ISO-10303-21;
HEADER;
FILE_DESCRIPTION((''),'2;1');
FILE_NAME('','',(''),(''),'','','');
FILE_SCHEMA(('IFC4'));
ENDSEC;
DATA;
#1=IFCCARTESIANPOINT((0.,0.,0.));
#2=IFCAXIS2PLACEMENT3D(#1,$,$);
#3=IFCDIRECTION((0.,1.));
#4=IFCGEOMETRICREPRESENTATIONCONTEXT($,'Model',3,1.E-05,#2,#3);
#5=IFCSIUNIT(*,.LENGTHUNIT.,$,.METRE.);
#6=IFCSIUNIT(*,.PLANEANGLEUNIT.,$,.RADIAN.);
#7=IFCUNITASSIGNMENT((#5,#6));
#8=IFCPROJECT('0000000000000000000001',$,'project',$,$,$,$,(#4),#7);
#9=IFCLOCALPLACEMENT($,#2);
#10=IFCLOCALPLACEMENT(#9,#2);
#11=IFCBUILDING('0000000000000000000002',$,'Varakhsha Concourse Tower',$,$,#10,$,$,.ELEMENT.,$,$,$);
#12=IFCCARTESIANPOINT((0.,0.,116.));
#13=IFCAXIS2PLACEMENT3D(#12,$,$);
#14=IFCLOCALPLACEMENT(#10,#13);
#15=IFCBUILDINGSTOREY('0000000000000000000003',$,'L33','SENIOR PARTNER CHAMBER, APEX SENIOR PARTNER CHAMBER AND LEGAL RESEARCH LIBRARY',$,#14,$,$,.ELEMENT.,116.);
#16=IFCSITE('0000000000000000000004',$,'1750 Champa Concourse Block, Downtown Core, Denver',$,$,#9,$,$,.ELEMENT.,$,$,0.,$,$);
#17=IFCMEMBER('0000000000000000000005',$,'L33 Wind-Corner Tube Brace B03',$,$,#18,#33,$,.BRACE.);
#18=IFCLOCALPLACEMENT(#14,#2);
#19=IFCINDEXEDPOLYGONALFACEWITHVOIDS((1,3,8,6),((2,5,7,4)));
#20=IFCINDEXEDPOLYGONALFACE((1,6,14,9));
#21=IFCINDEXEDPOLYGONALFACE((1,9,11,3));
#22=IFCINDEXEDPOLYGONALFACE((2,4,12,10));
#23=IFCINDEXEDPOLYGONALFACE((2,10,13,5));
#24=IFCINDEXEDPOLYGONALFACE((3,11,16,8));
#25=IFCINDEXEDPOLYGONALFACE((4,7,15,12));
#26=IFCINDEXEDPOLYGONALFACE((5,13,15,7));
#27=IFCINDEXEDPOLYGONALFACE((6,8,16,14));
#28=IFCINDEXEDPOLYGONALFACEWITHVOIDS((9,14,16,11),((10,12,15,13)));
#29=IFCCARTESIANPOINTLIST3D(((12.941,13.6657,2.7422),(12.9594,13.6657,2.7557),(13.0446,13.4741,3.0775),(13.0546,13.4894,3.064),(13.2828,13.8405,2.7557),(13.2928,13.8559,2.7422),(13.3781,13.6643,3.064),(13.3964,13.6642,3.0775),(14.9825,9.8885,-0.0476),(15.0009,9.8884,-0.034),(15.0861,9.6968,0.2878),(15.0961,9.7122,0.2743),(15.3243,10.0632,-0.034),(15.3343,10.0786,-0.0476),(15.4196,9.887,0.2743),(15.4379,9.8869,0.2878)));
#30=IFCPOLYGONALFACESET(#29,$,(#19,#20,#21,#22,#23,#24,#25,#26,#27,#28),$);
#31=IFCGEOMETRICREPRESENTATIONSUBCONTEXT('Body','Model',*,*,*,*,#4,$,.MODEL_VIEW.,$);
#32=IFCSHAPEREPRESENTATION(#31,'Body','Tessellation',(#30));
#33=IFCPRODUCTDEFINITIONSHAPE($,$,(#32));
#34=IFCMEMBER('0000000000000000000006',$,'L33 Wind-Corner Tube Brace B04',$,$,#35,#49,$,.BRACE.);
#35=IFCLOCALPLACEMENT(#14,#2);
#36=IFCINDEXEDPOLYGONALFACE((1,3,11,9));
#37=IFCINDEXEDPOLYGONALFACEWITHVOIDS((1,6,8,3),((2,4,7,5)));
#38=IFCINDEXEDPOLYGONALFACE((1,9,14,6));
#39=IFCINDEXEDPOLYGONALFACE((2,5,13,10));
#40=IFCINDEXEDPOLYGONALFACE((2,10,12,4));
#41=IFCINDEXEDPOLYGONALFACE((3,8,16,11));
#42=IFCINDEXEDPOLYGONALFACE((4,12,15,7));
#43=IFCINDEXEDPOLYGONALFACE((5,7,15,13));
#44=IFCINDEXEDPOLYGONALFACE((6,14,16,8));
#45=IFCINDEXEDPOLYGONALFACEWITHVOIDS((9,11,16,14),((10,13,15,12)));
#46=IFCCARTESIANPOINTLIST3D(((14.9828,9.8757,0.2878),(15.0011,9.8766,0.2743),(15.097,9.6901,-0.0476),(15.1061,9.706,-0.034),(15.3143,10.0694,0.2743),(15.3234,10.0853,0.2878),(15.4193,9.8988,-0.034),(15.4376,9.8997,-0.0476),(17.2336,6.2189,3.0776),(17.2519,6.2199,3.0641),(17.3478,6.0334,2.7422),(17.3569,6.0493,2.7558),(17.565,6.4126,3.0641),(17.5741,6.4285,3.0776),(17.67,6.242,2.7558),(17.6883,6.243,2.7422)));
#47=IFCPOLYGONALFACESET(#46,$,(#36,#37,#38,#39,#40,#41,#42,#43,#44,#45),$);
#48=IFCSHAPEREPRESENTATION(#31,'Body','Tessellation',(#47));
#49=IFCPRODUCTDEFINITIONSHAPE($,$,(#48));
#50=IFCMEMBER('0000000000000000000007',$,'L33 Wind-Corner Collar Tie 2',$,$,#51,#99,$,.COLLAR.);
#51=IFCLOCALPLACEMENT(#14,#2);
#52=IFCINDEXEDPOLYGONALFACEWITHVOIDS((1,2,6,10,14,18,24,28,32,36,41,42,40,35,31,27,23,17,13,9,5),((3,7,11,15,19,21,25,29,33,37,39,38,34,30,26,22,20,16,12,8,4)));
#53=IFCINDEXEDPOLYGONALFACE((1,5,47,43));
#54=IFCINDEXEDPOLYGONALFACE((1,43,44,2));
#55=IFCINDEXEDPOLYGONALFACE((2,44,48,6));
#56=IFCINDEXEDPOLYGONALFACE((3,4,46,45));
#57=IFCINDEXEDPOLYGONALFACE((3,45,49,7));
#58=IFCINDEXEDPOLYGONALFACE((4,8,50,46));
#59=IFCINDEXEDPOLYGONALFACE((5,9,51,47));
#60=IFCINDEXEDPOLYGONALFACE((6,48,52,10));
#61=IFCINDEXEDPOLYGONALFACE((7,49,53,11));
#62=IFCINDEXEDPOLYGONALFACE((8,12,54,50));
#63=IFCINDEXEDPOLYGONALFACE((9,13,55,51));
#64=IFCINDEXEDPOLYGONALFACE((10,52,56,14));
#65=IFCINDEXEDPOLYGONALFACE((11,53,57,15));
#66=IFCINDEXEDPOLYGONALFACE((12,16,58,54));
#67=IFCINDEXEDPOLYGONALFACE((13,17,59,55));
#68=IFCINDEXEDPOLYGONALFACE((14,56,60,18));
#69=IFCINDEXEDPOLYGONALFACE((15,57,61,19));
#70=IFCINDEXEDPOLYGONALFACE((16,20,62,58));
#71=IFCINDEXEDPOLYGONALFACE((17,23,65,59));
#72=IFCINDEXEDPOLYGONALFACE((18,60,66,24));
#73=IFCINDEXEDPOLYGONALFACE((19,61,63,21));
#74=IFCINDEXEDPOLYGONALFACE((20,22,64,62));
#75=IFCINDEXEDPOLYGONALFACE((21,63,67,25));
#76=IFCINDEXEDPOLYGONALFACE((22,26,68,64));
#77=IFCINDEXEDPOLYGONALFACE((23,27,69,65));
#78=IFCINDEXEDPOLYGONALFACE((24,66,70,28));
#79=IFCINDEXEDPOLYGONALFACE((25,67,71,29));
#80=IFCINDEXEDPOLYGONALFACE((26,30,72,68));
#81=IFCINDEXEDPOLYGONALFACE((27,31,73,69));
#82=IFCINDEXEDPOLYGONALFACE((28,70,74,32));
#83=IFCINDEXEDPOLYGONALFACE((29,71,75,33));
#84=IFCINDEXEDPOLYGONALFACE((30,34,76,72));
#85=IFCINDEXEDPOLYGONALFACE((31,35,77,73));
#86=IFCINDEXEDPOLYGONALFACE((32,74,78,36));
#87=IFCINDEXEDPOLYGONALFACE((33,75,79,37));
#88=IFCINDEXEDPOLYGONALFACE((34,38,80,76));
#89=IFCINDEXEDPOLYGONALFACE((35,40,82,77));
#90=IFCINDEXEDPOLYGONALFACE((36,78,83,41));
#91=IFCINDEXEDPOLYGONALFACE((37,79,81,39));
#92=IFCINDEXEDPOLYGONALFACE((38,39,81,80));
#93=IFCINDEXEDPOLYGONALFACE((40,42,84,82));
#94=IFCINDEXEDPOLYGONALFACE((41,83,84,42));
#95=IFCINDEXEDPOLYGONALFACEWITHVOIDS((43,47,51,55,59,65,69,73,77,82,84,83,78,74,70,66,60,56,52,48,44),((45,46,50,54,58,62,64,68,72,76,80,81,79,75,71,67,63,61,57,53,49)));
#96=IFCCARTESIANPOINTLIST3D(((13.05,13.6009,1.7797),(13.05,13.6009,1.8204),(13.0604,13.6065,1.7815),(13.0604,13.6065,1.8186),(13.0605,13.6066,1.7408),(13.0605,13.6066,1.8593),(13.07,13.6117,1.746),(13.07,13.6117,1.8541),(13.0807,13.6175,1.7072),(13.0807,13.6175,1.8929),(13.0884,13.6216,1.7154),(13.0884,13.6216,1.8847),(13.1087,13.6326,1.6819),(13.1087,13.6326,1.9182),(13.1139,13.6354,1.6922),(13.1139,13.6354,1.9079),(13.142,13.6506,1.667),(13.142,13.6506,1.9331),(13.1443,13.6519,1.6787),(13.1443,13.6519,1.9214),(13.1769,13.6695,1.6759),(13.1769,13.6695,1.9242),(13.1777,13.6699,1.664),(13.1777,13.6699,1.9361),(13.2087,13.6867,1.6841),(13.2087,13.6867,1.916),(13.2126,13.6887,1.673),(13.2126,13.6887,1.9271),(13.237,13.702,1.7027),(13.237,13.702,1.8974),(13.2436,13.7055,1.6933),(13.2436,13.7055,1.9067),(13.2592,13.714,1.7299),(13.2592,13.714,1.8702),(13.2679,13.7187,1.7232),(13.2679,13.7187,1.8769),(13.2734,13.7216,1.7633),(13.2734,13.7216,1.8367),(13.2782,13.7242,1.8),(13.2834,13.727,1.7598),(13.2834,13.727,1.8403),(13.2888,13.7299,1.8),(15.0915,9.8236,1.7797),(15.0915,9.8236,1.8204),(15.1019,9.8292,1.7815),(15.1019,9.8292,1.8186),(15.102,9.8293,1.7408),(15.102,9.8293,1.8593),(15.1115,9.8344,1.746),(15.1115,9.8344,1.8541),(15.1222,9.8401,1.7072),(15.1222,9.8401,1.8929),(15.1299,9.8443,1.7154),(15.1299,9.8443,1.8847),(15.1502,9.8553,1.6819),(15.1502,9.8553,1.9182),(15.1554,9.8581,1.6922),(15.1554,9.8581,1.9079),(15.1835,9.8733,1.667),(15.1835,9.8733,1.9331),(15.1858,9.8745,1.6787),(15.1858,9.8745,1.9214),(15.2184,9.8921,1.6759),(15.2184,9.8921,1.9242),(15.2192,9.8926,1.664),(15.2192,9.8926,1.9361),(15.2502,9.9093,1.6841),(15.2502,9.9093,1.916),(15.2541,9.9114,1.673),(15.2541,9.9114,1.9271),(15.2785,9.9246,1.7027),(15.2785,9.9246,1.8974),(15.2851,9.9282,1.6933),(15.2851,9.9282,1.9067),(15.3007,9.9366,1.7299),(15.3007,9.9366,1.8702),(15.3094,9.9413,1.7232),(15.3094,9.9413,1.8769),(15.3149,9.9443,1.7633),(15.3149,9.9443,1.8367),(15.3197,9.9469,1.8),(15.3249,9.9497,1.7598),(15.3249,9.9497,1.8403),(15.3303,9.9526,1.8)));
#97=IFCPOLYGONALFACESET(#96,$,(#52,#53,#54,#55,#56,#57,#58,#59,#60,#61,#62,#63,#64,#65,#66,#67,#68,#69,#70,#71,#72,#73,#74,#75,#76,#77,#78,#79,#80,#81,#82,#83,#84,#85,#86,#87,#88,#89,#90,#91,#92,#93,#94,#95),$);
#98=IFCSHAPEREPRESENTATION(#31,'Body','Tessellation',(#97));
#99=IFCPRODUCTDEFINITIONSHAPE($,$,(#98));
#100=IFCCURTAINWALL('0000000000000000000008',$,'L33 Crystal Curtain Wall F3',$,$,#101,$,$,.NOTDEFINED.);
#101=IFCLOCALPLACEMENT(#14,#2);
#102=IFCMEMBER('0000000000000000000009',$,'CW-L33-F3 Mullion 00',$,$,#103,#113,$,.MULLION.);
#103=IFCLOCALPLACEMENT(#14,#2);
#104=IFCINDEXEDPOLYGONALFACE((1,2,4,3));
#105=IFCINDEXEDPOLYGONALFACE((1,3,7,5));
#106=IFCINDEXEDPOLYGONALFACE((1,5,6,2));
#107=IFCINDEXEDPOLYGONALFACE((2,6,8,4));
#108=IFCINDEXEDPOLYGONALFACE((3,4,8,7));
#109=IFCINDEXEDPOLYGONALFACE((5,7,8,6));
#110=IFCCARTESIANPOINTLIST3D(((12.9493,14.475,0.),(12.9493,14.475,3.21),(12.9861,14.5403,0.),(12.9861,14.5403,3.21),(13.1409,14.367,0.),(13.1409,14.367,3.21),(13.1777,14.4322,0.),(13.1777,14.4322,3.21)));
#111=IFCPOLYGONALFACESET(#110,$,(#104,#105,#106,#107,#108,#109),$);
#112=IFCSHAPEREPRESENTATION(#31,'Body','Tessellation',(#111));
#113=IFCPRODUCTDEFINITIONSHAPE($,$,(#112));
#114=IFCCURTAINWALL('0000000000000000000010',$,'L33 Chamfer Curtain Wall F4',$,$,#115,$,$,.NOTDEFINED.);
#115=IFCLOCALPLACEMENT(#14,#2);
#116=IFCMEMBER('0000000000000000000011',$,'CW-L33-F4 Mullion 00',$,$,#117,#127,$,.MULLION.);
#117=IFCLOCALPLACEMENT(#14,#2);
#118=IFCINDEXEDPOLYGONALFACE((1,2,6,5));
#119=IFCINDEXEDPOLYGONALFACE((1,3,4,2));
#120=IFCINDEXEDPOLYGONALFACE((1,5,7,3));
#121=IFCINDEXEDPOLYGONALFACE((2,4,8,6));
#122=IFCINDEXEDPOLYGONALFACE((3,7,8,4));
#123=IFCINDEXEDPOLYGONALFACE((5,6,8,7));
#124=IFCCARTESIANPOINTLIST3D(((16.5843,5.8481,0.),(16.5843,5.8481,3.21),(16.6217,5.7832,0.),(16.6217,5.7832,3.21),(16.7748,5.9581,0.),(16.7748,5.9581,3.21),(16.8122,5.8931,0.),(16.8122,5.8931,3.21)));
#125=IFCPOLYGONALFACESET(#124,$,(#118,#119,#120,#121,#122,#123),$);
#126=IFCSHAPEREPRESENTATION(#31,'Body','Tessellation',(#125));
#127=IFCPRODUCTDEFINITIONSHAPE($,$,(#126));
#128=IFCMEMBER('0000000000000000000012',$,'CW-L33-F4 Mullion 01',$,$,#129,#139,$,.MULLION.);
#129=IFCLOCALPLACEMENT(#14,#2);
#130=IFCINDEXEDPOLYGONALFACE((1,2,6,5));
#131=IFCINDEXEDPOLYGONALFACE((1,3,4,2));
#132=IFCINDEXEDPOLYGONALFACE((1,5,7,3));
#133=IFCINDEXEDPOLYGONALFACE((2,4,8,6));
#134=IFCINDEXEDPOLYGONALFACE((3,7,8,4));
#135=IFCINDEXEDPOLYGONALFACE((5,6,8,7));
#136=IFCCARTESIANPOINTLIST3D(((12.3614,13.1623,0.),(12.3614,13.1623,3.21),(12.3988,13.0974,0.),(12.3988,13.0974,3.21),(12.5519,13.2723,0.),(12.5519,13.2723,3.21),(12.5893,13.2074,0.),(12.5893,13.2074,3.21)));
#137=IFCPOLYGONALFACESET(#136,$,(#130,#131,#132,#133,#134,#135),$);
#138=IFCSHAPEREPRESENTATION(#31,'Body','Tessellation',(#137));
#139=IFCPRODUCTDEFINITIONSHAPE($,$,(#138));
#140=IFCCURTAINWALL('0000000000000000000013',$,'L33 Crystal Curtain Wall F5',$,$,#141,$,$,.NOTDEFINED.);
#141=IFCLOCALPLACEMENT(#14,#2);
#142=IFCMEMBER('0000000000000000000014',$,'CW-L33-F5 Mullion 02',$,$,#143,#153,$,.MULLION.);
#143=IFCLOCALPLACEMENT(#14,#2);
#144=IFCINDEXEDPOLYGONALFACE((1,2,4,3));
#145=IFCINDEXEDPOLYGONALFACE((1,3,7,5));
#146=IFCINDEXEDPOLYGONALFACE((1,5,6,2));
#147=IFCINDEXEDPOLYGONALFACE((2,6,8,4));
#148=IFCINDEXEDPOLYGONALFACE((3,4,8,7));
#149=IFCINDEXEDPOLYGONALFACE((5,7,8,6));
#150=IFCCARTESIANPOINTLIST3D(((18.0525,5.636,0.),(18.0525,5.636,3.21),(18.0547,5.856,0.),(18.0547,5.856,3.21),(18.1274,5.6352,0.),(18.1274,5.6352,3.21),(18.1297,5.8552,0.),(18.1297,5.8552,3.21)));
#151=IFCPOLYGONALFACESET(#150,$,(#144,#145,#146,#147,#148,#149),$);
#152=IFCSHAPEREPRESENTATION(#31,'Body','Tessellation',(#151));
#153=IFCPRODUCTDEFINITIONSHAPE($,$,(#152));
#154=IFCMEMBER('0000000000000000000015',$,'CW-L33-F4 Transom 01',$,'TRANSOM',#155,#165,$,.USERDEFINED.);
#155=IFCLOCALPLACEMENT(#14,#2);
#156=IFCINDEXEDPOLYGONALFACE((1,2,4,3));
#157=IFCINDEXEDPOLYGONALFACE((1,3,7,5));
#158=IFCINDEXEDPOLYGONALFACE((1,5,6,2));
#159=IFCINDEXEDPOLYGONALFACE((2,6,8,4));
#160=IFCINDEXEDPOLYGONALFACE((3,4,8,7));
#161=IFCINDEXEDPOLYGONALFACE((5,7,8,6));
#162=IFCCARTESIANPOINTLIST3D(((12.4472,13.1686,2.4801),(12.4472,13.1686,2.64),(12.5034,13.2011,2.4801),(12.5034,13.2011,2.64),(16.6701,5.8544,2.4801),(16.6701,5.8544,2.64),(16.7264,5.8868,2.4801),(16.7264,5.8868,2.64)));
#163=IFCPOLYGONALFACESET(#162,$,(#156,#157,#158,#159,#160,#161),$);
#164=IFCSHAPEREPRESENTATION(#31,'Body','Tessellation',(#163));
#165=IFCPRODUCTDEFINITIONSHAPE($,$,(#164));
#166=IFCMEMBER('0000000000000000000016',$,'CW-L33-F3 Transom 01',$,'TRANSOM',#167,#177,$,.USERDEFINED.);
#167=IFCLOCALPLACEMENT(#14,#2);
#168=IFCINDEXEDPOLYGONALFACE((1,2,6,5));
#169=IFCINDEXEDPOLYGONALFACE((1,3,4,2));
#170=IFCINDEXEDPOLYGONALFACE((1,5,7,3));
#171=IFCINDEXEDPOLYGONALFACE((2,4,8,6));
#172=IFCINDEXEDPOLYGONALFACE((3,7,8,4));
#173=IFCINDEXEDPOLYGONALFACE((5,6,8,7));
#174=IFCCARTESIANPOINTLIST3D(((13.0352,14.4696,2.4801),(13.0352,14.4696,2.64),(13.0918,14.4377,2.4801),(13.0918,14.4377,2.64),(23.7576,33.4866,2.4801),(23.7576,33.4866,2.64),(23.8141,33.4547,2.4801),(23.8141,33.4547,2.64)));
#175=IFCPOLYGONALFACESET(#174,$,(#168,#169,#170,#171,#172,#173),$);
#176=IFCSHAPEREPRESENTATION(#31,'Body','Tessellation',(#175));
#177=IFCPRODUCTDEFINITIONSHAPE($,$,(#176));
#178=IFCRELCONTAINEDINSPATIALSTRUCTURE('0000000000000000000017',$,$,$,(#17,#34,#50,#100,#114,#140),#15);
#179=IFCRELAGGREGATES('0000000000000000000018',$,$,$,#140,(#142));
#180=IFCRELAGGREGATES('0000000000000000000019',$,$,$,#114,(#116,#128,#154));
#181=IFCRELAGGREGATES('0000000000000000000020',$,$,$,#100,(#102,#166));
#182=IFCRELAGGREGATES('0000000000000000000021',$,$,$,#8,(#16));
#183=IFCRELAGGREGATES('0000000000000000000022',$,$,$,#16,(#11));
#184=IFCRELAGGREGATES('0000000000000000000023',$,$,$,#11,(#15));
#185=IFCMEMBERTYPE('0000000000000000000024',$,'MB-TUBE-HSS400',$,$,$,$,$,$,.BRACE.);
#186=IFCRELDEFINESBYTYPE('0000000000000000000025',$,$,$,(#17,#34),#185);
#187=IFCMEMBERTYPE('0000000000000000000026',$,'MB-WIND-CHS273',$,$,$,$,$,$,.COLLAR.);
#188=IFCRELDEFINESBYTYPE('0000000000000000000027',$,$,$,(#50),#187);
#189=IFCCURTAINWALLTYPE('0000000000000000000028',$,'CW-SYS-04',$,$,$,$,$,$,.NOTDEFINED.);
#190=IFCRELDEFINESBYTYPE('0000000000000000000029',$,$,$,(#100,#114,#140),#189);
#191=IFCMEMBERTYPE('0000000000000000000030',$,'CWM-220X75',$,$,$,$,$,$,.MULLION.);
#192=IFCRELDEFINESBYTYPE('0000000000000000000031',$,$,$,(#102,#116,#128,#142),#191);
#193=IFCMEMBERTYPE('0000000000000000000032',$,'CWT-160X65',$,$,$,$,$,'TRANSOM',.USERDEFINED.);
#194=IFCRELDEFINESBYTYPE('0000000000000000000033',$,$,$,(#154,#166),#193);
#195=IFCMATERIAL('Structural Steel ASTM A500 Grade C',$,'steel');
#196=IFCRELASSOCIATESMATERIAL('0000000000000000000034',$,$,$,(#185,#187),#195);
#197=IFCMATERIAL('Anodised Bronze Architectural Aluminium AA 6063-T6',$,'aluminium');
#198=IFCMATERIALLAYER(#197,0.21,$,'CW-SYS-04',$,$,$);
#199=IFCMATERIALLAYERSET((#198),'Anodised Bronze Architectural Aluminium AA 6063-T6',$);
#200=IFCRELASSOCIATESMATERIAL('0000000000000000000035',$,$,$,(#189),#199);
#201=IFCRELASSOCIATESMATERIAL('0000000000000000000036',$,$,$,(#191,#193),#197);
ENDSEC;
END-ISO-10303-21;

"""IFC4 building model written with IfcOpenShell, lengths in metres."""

from ifc_helpers import new_model, si_unit, direction, frame, origin, origin_2d, place, context, subcontext, project, spatial, rectangle, hollow_rectangle, hollow_circle, extrude, source, transform, mapped, material, layer, layer_set, material_profile, profile_set, type_object, type_shapes, element, aggregate, save


model = new_model("IFC4")

# Units and contexts
model_context = context("Model", 3, precision=1e-05, world=origin(), true_north=direction((0.0, 1.0)))
body_context = subcontext(model_context, "Body", "Model", "MODEL_VIEW")
ifc_project = project(units=[si_unit("LENGTHUNIT", "METRE"), si_unit("PLANEANGLEUNIT", "RADIAN")], contexts=[model_context])

# Site, building, storey
site_placement = place(None, origin())
site = spatial("IfcSite", under=ifc_project, at=site_placement, Name="1750 Champa Concourse Block, Downtown Core, Denver", CompositionType="ELEMENT", RefElevation=0.0)
building_placement = place(site_placement, origin())
building = spatial("IfcBuilding", under=site, at=building_placement, Name="Varakhsha Concourse Tower", CompositionType="ELEMENT")
storey_placement = place(building_placement, frame((0.0, 0.0, 116.0)))
storey = spatial("IfcBuildingStorey", under=building, at=storey_placement, Name="L33", Description="SENIOR PARTNER CHAMBER, APEX SENIOR PARTNER CHAMBER AND LEGAL RESEARCH LIBRARY", CompositionType="ELEMENT", Elevation=116.0)

# Members
ifc_material_1 = material(Name="Structural Steel ASTM A500 Grade C", Category="steel")
ifc_material_profile_1 = material_profile(ifc_material_1, hollow_rectangle(XDim=0.3999, YDim=0.3999, WallThickness=0.0161, at=origin_2d()), Name="HSS 400x400x16")
ifc_profile_set_1 = profile_set([ifc_material_profile_1], Name="Structural Steel ASTM A500 Grade C")
member_type_1 = type_object("IfcMemberType", Name="MB-TUBE-HSS400", PredefinedType="BRACE", material=ifc_profile_set_1)
shared_shape_1 = source(origin(), body_context, "Body", "SweptSolid", [
    extrude(hollow_rectangle(XDim=0.3999, YDim=0.3999, WallThickness=0.0161, at=origin_2d()), origin(), (0.0, 0.0, 1.0), 5.1204),
])
member_1_placement = place(storey_placement, frame((15.2102, 9.8877, 0.1201), z_axis=(-0.398696, 0.737697, 0.544834), x_axis=(-0.879736, -0.475462, 0.0)))
element("IfcMember", 1, at=member_1_placement, inside=storey, type_object=member_type_1, Name="L33 Wind-Corner Tube Brace B03", PredefinedType="BRACE", context=body_context, shape_type="MappedRepresentation", body=[
    mapped(shared_shape_1, transform((0.0, 0.0, 0.0), scale=1.0)),
])
shared_shape_2 = source(origin(), body_context, "Body", "SweptSolid", [
    extrude(hollow_rectangle(XDim=0.3999, YDim=0.3999, WallThickness=0.0161, at=origin_2d()), origin(), (0.0, 0.0, 1.0), 5.1206),
])
type_shapes(member_type_1, [shared_shape_1, shared_shape_2])
member_2_placement = place(storey_placement, frame((15.2102, 9.8877, 0.1201), z_axis=(0.439545, -0.714124, 0.544819), x_axis=(0.851613, 0.52417, 0.0)))
element("IfcMember", 2, at=member_2_placement, inside=storey, type_object=member_type_1, Name="L33 Wind-Corner Tube Brace B04", PredefinedType="BRACE", context=body_context, shape_type="MappedRepresentation", body=[
    mapped(shared_shape_2, transform((0.0, 0.0, 0.0), scale=1.0)),
])
ifc_material_profile_2 = material_profile(ifc_material_1, hollow_circle(Radius=0.1365, WallThickness=0.012, at=origin_2d()), Name="CHS 273x12")
ifc_profile_set_2 = profile_set([ifc_material_profile_2], Name="Structural Steel ASTM A500 Grade C")
member_type_2 = type_object("IfcMemberType", Name="MB-WIND-CHS273", PredefinedType="COLLAR", material=ifc_profile_set_2)
shared_shape_3 = source(origin(), body_context, "Body", "SweptSolid", [
    extrude(hollow_circle(Radius=0.1365, WallThickness=0.012, at=origin_2d()), origin(), (0.0, 0.0, 1.0), 4.2937),
])
type_shapes(member_type_2, [shared_shape_3])
member_3_placement = place(storey_placement, frame((13.1687, 13.665, 1.8), z_axis=(0.475462, -0.879736, 0.0), x_axis=(0.879736, 0.475462, 0.0)))
element("IfcMember", 3, at=member_3_placement, inside=storey, type_object=member_type_2, Name="L33 Wind-Corner Collar Tie 2", PredefinedType="COLLAR", context=body_context, shape_type="MappedRepresentation", body=[
    mapped(shared_shape_3, transform((0.0, 0.0, 0.0), scale=1.0)),
])

# Curtain wall, member
ifc_material_2 = material(Name="Anodised Bronze Architectural Aluminium AA 6063-T6", Category="aluminium")
ifc_layer_1 = layer(ifc_material_2, 0.21, Name="CW-SYS-04")
ifc_layer_set_1 = layer_set([ifc_layer_1], Name="Anodised Bronze Architectural Aluminium AA 6063-T6")
curtain_wall_type = type_object("IfcCurtainWallType", Name="CW-SYS-04", PredefinedType="NOTDEFINED", material=ifc_layer_set_1)
curtain_wall_1_placement = place(storey_placement, origin())
curtain_wall_1 = element("IfcCurtainWall", 4, at=curtain_wall_1_placement, inside=storey, type_object=curtain_wall_type, Name="L33 Crystal Curtain Wall F3", PredefinedType="NOTDEFINED")
ifc_material_profile_3 = material_profile(ifc_material_2, rectangle(XDim=0.075, YDim=0.22, at=origin_2d()), Name="CWM-220X75")
ifc_profile_set_3 = profile_set([ifc_material_profile_3], Name="Anodised Bronze Architectural Aluminium AA 6063-T6")
member_type_3 = type_object("IfcMemberType", Name="CWM-220X75", PredefinedType="MULLION", material=ifc_profile_set_3)
shared_shape_4 = source(origin(), body_context, "Body", "SweptSolid", [
    extrude(rectangle(XDim=0.075, YDim=0.22, at=origin_2d()), origin(), (0.0, 0.0, 1.0), 3.21),
])
type_shapes(member_type_3, [shared_shape_4])
member_4_placement = place(storey_placement, frame((13.0635, 14.4536, 0.0), z_axis=(0.0, 0.0, 1.0), x_axis=(0.491138, 0.871082, 0.0)))
member_4 = element("IfcMember", 5, at=member_4_placement, type_object=member_type_3, Name="CW-L33-F3 Mullion 00", PredefinedType="MULLION", context=body_context, shape_type="MappedRepresentation", body=[
    mapped(shared_shape_4, transform((0.0, 0.0, 0.0), scale=1.0)),
])

# Curtain wall, members
curtain_wall_2_placement = place(storey_placement, origin())
curtain_wall_2 = element("IfcCurtainWall", 6, at=curtain_wall_2_placement, inside=storey, type_object=curtain_wall_type, Name="L33 Chamfer Curtain Wall F4", PredefinedType="NOTDEFINED")
member_5_placement = place(storey_placement, frame((16.6982, 5.8706, 0.0), z_axis=(0.0, 0.0, 1.0), x_axis=(-0.500005, 0.866023, 0.0)))
member_5 = element("IfcMember", 7, at=member_5_placement, type_object=member_type_3, Name="CW-L33-F4 Mullion 00", PredefinedType="MULLION", context=body_context, shape_type="MappedRepresentation", body=[
    mapped(shared_shape_4, transform((0.0, 0.0, 0.0), scale=1.0)),
])
member_6_placement = place(storey_placement, frame((12.4753, 13.1848, 0.0), z_axis=(0.0, 0.0, 1.0), x_axis=(-0.500005, 0.866023, 0.0)))
member_6 = element("IfcMember", 8, at=member_6_placement, type_object=member_type_3, Name="CW-L33-F4 Mullion 01", PredefinedType="MULLION", context=body_context, shape_type="MappedRepresentation", body=[
    mapped(shared_shape_4, transform((0.0, 0.0, 0.0), scale=1.0)),
])

# Curtain wall, member
curtain_wall_3_placement = place(storey_placement, origin())
curtain_wall_3 = element("IfcCurtainWall", 9, at=curtain_wall_3_placement, inside=storey, type_object=curtain_wall_type, Name="L33 Crystal Curtain Wall F5", PredefinedType="NOTDEFINED")
member_7_placement = place(storey_placement, frame((18.0911, 5.7456, 0.0), z_axis=(0.0, 0.0, 1.0), x_axis=(-0.999948, 0.010205, 0.0)))
member_7 = element("IfcMember", 10, at=member_7_placement, type_object=member_type_3, Name="CW-L33-F5 Mullion 02", PredefinedType="MULLION", context=body_context, shape_type="MappedRepresentation", body=[
    mapped(shared_shape_4, transform((0.0, 0.0, 0.0), scale=1.0)),
])
aggregate(curtain_wall_3, [member_7])

# Members
ifc_material_profile_4 = material_profile(ifc_material_2, rectangle(XDim=0.0649, YDim=0.1599, at=origin_2d()), Name="CWT-160X65")
ifc_profile_set_4 = profile_set([ifc_material_profile_4], Name="Anodised Bronze Architectural Aluminium AA 6063-T6")
member_type_4 = type_object("IfcMemberType", Name="CWT-160X65", ElementType="TRANSOM", PredefinedType="USERDEFINED", material=ifc_profile_set_4)
shared_shape_5 = source(origin(), body_context, "Body", "SweptSolid", [
    extrude(rectangle(XDim=0.0649, YDim=0.1599, at=origin_2d()), origin(), (0.0, 0.0, 1.0), 8.4458),
])
member_8_placement = place(storey_placement, frame((16.6982, 5.8706, 2.5601), z_axis=(-0.500004, 0.866023, 0.0), x_axis=(-0.866023, -0.500004, 0.0)))
member_8 = element("IfcMember", 11, at=member_8_placement, type_object=member_type_4, Name="CW-L33-F4 Transom 01", ObjectType="TRANSOM", PredefinedType="USERDEFINED", context=body_context, shape_type="MappedRepresentation", body=[
    mapped(shared_shape_5, transform((0.0, 0.0, 0.0), scale=1.0)),
])
shared_shape_6 = source(origin(), body_context, "Body", "SweptSolid", [
    extrude(rectangle(XDim=0.0649, YDim=0.1599, at=origin_2d()), origin(), (0.0, 0.0, 1.0), 21.8315),
])
type_shapes(member_type_4, [shared_shape_5, shared_shape_6])
member_9_placement = place(storey_placement, frame((13.0635, 14.4536, 2.5601), z_axis=(0.491141, 0.87108, 0.0), x_axis=(-0.87108, 0.491141, 0.0)))
member_9 = element("IfcMember", 12, at=member_9_placement, type_object=member_type_4, Name="CW-L33-F3 Transom 01", ObjectType="TRANSOM", PredefinedType="USERDEFINED", context=body_context, shape_type="MappedRepresentation", body=[
    mapped(shared_shape_6, transform((0.0, 0.0, 0.0), scale=1.0)),
])

aggregate(curtain_wall_2, [member_5, member_6, member_8])
aggregate(curtain_wall_1, [member_4, member_9])

save(model, "model.ifc")
